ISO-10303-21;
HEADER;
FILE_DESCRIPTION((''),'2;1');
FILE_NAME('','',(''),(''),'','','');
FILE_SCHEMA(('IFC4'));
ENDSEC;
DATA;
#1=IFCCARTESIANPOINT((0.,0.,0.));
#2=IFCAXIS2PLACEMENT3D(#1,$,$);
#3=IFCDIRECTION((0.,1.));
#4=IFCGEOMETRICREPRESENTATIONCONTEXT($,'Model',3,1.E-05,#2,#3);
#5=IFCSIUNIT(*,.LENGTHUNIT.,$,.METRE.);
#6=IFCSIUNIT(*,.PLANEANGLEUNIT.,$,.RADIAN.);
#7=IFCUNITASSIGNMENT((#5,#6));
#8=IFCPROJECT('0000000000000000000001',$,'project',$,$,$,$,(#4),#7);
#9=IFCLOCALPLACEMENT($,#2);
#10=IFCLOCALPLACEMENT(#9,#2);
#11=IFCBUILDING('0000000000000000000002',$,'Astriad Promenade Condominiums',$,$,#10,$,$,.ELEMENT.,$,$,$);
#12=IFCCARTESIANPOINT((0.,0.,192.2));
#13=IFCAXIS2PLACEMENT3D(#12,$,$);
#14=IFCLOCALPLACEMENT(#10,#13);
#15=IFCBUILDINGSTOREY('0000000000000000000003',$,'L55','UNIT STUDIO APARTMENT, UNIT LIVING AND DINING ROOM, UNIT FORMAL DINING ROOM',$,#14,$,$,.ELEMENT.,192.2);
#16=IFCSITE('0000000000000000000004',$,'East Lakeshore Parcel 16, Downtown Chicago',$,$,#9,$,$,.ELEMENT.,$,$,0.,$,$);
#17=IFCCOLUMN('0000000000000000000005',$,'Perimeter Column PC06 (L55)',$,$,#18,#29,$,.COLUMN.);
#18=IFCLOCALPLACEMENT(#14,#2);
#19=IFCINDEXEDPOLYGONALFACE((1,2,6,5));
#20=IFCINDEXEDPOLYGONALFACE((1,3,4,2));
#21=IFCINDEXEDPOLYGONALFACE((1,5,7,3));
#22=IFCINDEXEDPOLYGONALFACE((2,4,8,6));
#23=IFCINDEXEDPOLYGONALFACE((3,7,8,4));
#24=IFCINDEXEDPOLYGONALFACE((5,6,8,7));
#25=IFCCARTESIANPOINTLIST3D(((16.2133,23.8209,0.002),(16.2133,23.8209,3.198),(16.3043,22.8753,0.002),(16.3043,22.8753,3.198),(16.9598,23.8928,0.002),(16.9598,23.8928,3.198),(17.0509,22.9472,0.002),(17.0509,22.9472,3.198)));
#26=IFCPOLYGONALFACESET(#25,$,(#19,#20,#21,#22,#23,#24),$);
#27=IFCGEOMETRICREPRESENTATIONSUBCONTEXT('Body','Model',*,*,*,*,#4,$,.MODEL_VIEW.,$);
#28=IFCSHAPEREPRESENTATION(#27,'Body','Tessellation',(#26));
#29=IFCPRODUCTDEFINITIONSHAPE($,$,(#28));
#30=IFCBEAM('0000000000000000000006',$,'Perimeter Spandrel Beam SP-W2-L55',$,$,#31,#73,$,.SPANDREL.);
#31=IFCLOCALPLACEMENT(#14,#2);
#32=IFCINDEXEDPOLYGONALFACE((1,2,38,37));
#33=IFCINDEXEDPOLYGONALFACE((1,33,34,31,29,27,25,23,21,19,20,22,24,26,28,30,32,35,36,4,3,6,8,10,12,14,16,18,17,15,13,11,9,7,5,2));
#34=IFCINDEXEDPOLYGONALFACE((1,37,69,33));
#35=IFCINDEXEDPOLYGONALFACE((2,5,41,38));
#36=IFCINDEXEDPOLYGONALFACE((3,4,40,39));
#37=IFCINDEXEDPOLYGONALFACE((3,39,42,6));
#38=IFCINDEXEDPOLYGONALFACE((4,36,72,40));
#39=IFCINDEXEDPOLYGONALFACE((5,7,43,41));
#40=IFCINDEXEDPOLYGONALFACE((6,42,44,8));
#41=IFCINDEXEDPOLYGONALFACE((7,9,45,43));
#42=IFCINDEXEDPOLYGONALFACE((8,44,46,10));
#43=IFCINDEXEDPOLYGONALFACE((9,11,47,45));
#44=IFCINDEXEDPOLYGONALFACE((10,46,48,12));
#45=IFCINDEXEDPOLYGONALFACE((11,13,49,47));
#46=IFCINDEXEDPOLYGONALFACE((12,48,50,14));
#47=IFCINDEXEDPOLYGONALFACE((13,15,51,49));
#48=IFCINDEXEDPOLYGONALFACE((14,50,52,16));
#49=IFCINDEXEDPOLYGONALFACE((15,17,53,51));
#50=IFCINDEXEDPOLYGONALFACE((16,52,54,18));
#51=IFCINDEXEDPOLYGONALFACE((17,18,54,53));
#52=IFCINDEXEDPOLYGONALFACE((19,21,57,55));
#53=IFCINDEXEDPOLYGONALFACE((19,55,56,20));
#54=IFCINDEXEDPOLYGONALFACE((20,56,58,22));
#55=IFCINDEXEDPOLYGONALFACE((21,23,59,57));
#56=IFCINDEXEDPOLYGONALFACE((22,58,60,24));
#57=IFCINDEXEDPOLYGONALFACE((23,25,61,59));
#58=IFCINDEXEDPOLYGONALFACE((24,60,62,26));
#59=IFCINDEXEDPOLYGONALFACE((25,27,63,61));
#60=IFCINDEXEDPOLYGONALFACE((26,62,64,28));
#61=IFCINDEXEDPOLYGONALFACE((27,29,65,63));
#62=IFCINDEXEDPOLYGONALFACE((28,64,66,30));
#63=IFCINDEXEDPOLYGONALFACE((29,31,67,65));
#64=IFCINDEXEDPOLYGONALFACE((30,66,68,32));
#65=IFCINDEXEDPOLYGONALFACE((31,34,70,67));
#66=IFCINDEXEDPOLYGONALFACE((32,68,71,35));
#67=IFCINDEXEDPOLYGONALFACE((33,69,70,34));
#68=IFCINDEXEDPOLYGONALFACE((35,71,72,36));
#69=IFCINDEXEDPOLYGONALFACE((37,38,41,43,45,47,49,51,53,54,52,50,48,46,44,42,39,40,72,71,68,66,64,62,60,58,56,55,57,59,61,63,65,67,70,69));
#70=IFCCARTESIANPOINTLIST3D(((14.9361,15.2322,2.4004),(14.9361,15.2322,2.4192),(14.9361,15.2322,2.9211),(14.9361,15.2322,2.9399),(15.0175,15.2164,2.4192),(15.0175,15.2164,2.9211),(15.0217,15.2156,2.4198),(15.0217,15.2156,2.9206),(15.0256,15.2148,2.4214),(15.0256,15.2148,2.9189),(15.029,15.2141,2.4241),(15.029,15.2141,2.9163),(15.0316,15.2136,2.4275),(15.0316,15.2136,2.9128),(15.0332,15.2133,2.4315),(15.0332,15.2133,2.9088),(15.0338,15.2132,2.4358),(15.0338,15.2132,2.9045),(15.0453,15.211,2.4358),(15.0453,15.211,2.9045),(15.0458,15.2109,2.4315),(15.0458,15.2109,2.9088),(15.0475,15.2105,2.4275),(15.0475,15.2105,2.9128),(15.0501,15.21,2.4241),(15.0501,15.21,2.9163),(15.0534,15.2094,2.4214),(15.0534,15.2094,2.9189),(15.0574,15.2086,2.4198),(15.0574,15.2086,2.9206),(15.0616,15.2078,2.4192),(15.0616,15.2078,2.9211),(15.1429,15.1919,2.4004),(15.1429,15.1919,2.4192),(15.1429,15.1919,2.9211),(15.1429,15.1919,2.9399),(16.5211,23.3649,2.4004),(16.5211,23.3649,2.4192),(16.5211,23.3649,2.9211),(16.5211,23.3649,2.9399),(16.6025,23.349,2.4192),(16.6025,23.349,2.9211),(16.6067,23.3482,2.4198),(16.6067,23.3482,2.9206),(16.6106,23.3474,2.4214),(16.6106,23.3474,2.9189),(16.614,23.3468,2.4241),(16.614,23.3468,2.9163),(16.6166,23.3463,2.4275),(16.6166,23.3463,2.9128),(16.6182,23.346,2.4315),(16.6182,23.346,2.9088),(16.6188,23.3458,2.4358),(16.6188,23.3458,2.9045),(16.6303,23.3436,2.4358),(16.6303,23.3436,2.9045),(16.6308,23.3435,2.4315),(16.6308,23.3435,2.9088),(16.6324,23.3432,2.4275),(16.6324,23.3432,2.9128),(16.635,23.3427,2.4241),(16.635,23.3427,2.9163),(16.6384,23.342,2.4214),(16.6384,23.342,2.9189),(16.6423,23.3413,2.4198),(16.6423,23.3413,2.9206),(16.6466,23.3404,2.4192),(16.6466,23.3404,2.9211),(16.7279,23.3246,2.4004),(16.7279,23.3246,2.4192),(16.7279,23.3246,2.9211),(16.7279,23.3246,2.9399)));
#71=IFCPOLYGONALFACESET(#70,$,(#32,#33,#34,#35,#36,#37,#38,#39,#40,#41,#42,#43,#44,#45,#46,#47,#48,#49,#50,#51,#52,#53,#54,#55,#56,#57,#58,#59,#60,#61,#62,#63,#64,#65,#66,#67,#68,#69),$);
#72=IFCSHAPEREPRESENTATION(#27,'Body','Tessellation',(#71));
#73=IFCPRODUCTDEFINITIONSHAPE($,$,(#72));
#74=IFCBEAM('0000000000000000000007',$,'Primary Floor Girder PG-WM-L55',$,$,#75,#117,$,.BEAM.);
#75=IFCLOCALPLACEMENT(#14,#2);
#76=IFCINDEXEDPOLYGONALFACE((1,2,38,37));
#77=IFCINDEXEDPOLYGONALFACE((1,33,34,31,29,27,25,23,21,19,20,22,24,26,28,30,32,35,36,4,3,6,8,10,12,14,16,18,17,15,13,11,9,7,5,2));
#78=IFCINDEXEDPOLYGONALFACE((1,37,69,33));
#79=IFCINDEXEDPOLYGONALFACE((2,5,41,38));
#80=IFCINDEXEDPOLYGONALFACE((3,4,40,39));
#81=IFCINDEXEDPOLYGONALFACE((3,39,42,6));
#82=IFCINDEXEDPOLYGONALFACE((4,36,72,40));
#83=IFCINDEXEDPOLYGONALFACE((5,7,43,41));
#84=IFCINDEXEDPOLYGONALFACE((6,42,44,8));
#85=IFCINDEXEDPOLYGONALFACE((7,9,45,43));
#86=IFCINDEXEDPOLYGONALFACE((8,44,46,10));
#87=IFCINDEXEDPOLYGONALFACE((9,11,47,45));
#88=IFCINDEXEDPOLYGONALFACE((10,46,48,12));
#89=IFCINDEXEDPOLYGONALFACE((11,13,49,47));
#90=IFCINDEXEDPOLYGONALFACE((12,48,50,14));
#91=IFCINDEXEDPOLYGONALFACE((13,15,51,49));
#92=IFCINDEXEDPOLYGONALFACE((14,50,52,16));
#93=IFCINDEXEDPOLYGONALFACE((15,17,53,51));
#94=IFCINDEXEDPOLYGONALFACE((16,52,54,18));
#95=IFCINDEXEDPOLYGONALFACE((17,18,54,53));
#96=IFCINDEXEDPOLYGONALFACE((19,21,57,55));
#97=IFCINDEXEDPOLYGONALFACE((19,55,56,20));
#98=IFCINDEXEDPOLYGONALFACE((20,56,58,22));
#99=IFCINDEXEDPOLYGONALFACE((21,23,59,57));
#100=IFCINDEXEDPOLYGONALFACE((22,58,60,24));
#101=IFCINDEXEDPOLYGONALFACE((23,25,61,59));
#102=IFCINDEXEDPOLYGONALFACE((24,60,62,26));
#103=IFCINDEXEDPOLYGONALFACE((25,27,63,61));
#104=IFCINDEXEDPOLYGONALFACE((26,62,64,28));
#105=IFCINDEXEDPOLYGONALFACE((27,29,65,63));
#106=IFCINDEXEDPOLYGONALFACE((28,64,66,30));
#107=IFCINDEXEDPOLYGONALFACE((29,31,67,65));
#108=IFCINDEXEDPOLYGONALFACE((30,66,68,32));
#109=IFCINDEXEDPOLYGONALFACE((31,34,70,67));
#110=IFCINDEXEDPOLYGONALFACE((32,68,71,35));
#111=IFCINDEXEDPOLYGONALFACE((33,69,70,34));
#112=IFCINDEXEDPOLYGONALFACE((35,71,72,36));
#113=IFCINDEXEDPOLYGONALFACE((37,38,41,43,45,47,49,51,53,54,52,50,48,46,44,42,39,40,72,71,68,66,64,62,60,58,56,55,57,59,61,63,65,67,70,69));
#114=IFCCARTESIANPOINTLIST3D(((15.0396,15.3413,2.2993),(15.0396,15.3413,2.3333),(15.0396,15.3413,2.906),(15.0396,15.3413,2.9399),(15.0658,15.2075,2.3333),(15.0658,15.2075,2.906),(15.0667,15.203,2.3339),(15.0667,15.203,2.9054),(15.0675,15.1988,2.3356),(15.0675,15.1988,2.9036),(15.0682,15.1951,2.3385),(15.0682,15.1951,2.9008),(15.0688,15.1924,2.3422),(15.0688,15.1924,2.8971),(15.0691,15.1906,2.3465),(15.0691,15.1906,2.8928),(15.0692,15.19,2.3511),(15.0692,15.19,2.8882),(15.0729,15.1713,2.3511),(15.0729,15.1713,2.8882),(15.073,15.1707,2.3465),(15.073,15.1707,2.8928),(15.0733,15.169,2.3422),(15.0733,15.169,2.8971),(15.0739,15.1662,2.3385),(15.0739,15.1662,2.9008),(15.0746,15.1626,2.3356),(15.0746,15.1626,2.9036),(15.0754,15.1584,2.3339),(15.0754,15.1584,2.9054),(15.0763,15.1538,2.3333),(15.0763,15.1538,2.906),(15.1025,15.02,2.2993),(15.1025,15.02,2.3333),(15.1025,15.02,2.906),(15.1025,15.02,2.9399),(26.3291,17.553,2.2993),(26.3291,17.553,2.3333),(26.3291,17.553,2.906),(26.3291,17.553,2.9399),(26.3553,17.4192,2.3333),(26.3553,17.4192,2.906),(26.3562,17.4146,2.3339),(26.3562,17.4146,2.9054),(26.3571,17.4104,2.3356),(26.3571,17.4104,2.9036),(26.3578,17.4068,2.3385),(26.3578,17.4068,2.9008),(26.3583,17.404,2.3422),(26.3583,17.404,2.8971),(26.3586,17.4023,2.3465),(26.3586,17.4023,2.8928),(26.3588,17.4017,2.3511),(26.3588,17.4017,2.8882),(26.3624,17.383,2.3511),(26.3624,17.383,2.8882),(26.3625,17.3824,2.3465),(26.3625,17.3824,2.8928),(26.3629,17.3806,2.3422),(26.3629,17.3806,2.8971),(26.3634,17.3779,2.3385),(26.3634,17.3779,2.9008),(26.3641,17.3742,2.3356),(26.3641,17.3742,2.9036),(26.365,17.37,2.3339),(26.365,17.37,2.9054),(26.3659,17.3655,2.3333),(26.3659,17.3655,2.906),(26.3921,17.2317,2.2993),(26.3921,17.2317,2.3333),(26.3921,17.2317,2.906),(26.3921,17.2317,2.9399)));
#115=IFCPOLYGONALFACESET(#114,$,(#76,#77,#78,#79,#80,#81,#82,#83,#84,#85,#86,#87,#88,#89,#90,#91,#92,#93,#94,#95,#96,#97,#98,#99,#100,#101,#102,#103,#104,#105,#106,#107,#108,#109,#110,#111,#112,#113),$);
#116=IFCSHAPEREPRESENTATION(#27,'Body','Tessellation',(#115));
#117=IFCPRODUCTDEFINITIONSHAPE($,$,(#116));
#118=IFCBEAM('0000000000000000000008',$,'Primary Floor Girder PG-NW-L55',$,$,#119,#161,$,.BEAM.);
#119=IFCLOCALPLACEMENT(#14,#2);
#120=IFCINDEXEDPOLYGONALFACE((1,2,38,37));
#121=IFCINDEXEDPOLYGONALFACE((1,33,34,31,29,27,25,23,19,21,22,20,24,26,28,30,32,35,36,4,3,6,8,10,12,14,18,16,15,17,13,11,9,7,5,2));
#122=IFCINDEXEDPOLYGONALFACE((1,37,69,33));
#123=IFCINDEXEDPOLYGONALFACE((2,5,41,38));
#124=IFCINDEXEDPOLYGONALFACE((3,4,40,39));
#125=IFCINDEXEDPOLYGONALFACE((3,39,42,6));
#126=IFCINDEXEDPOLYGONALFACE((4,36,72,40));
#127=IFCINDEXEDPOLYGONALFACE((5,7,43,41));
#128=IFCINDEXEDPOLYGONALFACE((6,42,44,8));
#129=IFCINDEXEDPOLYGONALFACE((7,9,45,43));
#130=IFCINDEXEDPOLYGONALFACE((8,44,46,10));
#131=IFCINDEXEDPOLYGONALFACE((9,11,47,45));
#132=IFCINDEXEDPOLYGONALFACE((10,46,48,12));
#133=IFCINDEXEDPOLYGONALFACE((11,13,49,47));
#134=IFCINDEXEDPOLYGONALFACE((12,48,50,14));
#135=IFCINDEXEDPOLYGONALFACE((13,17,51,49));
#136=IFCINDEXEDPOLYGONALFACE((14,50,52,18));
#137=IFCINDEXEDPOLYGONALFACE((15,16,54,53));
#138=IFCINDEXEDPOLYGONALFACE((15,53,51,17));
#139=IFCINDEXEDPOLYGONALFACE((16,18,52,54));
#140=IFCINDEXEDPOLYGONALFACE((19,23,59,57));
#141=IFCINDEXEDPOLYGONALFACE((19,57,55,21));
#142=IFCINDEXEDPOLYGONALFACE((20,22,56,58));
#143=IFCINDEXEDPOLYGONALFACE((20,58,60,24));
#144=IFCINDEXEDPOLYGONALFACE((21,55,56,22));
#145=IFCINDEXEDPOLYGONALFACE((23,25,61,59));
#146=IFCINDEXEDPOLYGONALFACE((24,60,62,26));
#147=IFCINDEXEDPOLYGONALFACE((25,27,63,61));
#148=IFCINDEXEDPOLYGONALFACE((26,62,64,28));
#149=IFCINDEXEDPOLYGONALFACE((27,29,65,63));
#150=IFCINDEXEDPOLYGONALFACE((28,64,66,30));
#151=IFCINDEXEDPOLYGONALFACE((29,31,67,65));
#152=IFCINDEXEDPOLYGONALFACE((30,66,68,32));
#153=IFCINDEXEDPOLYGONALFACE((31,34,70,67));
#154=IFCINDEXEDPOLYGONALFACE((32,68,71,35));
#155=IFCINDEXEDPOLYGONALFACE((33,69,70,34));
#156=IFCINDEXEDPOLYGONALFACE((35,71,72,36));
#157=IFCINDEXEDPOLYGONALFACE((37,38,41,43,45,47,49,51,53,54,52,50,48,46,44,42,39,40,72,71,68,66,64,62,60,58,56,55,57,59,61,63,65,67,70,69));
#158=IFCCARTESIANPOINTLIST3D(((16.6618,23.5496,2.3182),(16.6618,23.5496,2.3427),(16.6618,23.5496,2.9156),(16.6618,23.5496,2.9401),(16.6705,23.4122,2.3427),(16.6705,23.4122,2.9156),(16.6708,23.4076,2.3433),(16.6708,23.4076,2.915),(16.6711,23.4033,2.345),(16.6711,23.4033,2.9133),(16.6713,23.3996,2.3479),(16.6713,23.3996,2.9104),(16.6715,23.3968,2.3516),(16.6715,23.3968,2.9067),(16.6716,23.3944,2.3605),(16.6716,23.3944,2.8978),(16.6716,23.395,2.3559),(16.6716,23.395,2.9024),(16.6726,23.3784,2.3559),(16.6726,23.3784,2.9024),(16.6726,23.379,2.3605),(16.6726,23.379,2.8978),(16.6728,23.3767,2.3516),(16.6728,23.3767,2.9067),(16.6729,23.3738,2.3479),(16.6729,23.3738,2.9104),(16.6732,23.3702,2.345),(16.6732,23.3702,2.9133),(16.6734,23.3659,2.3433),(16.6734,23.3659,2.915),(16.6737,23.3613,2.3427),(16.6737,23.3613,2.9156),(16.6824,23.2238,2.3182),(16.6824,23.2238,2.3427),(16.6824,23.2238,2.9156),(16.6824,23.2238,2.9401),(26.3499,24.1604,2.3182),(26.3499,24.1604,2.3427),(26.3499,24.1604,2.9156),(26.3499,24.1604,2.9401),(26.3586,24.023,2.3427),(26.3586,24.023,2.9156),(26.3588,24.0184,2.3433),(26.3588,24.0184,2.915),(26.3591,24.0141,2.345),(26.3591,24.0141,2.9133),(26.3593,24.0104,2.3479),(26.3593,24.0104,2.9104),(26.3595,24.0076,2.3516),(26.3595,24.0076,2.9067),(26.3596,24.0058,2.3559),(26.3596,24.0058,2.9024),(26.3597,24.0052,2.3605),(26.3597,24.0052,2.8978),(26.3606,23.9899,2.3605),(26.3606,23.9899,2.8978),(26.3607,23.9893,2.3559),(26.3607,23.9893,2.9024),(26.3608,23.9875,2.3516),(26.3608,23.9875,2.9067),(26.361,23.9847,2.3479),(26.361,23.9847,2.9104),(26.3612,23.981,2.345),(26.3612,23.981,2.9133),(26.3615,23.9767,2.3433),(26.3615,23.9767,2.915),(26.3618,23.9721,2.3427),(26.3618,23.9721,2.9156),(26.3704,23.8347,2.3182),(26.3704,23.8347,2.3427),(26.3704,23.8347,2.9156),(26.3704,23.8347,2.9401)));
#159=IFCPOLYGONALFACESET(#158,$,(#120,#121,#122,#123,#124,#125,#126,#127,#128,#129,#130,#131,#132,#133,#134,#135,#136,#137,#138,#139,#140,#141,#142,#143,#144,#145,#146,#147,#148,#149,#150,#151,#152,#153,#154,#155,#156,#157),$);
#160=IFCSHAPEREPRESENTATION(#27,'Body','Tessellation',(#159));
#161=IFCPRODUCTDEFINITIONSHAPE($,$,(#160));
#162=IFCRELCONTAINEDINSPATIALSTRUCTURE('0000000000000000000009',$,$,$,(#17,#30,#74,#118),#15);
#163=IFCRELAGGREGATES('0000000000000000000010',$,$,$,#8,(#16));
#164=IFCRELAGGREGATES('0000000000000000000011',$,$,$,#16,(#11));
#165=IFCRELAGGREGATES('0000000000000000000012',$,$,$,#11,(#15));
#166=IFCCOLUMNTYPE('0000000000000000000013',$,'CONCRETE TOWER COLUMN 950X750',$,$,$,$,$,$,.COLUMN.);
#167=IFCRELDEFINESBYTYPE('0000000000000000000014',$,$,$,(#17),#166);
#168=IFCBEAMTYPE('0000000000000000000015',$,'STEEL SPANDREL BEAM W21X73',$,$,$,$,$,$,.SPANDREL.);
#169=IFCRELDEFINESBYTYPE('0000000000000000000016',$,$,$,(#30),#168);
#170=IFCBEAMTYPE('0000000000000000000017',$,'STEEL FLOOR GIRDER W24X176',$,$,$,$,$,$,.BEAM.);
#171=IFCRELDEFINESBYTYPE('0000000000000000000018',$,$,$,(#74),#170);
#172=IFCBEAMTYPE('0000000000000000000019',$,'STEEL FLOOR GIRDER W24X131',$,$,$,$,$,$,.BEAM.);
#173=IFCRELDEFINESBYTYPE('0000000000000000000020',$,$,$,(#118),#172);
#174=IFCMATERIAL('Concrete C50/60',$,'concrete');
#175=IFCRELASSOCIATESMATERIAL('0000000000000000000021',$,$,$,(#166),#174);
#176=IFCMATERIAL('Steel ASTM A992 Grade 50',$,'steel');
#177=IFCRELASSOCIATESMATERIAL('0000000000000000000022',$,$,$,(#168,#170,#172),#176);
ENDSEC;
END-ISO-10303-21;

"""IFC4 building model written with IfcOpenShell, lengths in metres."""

from ifc_helpers import new_model, si_unit, direction, frame, origin, origin_2d, place, context, subcontext, project, spatial, rectangle, i_section, extrude, source, transform, mapped, material, material_profile, profile_set, type_object, type_shapes, element, save


model = new_model("IFC4")

# Units and contexts
model_context = context("Model", 3, precision=1e-05, world=origin(), true_north=direction((0.0, 1.0)))
body_context = subcontext(model_context, "Body", "Model", "MODEL_VIEW")
ifc_project = project(units=[si_unit("LENGTHUNIT", "METRE"), si_unit("PLANEANGLEUNIT", "RADIAN")], contexts=[model_context])

# Site, building, storey
site_placement = place(None, origin())
site = spatial("IfcSite", under=ifc_project, at=site_placement, Name="East Lakeshore Parcel 16, Downtown Chicago", CompositionType="ELEMENT", RefElevation=0.0)
building_placement = place(site_placement, origin())
building = spatial("IfcBuilding", under=site, at=building_placement, Name="Astriad Promenade Condominiums", CompositionType="ELEMENT")
storey_placement = place(building_placement, frame((0.0, 0.0, 192.2)))
storey = spatial("IfcBuildingStorey", under=building, at=storey_placement, Name="L55", Description="UNIT STUDIO APARTMENT, UNIT LIVING AND DINING ROOM, UNIT FORMAL DINING ROOM", CompositionType="ELEMENT", Elevation=192.2)

# Column
ifc_material_1 = material(Name="Concrete C50/60", Category="concrete")
ifc_material_profile_1 = material_profile(ifc_material_1, rectangle(XDim=0.75, YDim=0.95, at=origin_2d()), Name="RC-COL-950X750")
ifc_profile_set_1 = profile_set([ifc_material_profile_1], Name="Concrete C50/60")
column_type = type_object("IfcColumnType", Name="CONCRETE TOWER COLUMN 950X750", PredefinedType="COLUMN", material=ifc_profile_set_1)
shared_shape_1 = source(origin(), body_context, "Body", "SweptSolid", [
    extrude(rectangle(XDim=0.75, YDim=0.95, at=origin_2d()), origin(), (0.0, 0.0, 1.0), 3.196),
])
type_shapes(column_type, [shared_shape_1])
column_placement = place(storey_placement, frame((16.6321, 23.384, 0.002), z_axis=(0.0, 0.0, 1.0), x_axis=(0.995396, 0.095846, 0.0)))
element("IfcColumn", 1, at=column_placement, inside=storey, type_object=column_type, Name="Perimeter Column PC06 (L55)", PredefinedType="COLUMN", context=body_context, shape_type="MappedRepresentation", body=[
    mapped(shared_shape_1, transform((0.0, 0.0, 0.0), scale=1.0)),
])

# Beams
ifc_material_2 = material(Name="Steel ASTM A992 Grade 50", Category="steel")
ifc_material_profile_2 = material_profile(ifc_material_2, i_section(OverallWidth=0.2107, OverallDepth=0.5396, WebThickness=0.0117, FlangeThickness=0.0188, FilletRadius=0.0166, at=origin_2d()), Name="W21X73")
ifc_profile_set_2 = profile_set([ifc_material_profile_2], Name="Steel ASTM A992 Grade 50")
beam_type_1 = type_object("IfcBeamType", Name="STEEL SPANDREL BEAM W21X73", PredefinedType="SPANDREL", material=ifc_profile_set_2)
shared_shape_2 = source(origin(), body_context, "Body", "SweptSolid", [
    extrude(i_section(OverallWidth=0.2107, OverallDepth=0.5396, WebThickness=0.0117, FlangeThickness=0.0188, FilletRadius=0.0166, at=origin_2d()), origin(), (0.0, 0.0, 1.0), 8.2856),
])
type_shapes(beam_type_1, [shared_shape_2])
beam_1_placement = place(storey_placement, frame((16.6245, 23.3447, 2.6702), z_axis=(-0.191292, -0.981533, 0.0), x_axis=(0.981533, -0.191292, 0.0)))
element("IfcBeam", 2, at=beam_1_placement, inside=storey, type_object=beam_type_1, Name="Perimeter Spandrel Beam SP-W2-L55", PredefinedType="SPANDREL", context=body_context, shape_type="MappedRepresentation", body=[
    mapped(shared_shape_2, transform((0.0, 0.0, 0.0), scale=1.0)),
])
ifc_material_profile_3 = material_profile(ifc_material_2, i_section(OverallWidth=0.3274, OverallDepth=0.6406, WebThickness=0.019, FlangeThickness=0.0339, FilletRadius=0.0178, at=origin_2d()), Name="W24X176")
ifc_profile_set_3 = profile_set([ifc_material_profile_3], Name="Steel ASTM A992 Grade 50")
beam_type_2 = type_object("IfcBeamType", Name="STEEL FLOOR GIRDER W24X176", PredefinedType="BEAM", material=ifc_profile_set_3)
shared_shape_3 = source(origin(), body_context, "Body", "SweptSolid", [
    extrude(i_section(OverallWidth=0.3274, OverallDepth=0.6406, WebThickness=0.019, FlangeThickness=0.0339, FilletRadius=0.0178, at=origin_2d()), origin(), (0.0, 0.0, 1.0), 11.5042),
])
type_shapes(beam_type_2, [shared_shape_3])
beam_2_placement = place(storey_placement, frame((15.071, 15.1807, 2.6196), z_axis=(0.981346, 0.19225, 0.0), x_axis=(-0.19225, 0.981346, 0.0)))
element("IfcBeam", 3, at=beam_2_placement, inside=storey, type_object=beam_type_2, Name="Primary Floor Girder PG-WM-L55", PredefinedType="BEAM", context=body_context, shape_type="MappedRepresentation", body=[
    mapped(shared_shape_3, transform((0.0, 0.0, 0.0), scale=1.0)),
])
ifc_material_profile_4 = material_profile(ifc_material_2, i_section(OverallWidth=0.3264, OverallDepth=0.6218, WebThickness=0.0154, FlangeThickness=0.0244, FilletRadius=0.0178, at=origin_2d()), Name="W24X131")
ifc_profile_set_4 = profile_set([ifc_material_profile_4], Name="Steel ASTM A992 Grade 50")
beam_type_3 = type_object("IfcBeamType", Name="STEEL FLOOR GIRDER W24X131", PredefinedType="BEAM", material=ifc_profile_set_4)
shared_shape_4 = source(origin(), body_context, "Body", "SweptSolid", [
    extrude(i_section(OverallWidth=0.3264, OverallDepth=0.6218, WebThickness=0.0154, FlangeThickness=0.0244, FilletRadius=0.0178, at=origin_2d()), origin(), (0.0, 0.0, 1.0), 9.7073),
])
type_shapes(beam_type_3, [shared_shape_4])
beam_3_placement = place(storey_placement, frame((16.6721, 23.3867, 2.6292), z_axis=(0.998018, 0.062926, 0.0), x_axis=(-0.062926, 0.998018, 0.0)))
element("IfcBeam", 4, at=beam_3_placement, inside=storey, type_object=beam_type_3, Name="Primary Floor Girder PG-NW-L55", PredefinedType="BEAM", context=body_context, shape_type="MappedRepresentation", body=[
    mapped(shared_shape_4, transform((0.0, 0.0, 0.0), scale=1.0)),
])

save(model, "model.ifc")
